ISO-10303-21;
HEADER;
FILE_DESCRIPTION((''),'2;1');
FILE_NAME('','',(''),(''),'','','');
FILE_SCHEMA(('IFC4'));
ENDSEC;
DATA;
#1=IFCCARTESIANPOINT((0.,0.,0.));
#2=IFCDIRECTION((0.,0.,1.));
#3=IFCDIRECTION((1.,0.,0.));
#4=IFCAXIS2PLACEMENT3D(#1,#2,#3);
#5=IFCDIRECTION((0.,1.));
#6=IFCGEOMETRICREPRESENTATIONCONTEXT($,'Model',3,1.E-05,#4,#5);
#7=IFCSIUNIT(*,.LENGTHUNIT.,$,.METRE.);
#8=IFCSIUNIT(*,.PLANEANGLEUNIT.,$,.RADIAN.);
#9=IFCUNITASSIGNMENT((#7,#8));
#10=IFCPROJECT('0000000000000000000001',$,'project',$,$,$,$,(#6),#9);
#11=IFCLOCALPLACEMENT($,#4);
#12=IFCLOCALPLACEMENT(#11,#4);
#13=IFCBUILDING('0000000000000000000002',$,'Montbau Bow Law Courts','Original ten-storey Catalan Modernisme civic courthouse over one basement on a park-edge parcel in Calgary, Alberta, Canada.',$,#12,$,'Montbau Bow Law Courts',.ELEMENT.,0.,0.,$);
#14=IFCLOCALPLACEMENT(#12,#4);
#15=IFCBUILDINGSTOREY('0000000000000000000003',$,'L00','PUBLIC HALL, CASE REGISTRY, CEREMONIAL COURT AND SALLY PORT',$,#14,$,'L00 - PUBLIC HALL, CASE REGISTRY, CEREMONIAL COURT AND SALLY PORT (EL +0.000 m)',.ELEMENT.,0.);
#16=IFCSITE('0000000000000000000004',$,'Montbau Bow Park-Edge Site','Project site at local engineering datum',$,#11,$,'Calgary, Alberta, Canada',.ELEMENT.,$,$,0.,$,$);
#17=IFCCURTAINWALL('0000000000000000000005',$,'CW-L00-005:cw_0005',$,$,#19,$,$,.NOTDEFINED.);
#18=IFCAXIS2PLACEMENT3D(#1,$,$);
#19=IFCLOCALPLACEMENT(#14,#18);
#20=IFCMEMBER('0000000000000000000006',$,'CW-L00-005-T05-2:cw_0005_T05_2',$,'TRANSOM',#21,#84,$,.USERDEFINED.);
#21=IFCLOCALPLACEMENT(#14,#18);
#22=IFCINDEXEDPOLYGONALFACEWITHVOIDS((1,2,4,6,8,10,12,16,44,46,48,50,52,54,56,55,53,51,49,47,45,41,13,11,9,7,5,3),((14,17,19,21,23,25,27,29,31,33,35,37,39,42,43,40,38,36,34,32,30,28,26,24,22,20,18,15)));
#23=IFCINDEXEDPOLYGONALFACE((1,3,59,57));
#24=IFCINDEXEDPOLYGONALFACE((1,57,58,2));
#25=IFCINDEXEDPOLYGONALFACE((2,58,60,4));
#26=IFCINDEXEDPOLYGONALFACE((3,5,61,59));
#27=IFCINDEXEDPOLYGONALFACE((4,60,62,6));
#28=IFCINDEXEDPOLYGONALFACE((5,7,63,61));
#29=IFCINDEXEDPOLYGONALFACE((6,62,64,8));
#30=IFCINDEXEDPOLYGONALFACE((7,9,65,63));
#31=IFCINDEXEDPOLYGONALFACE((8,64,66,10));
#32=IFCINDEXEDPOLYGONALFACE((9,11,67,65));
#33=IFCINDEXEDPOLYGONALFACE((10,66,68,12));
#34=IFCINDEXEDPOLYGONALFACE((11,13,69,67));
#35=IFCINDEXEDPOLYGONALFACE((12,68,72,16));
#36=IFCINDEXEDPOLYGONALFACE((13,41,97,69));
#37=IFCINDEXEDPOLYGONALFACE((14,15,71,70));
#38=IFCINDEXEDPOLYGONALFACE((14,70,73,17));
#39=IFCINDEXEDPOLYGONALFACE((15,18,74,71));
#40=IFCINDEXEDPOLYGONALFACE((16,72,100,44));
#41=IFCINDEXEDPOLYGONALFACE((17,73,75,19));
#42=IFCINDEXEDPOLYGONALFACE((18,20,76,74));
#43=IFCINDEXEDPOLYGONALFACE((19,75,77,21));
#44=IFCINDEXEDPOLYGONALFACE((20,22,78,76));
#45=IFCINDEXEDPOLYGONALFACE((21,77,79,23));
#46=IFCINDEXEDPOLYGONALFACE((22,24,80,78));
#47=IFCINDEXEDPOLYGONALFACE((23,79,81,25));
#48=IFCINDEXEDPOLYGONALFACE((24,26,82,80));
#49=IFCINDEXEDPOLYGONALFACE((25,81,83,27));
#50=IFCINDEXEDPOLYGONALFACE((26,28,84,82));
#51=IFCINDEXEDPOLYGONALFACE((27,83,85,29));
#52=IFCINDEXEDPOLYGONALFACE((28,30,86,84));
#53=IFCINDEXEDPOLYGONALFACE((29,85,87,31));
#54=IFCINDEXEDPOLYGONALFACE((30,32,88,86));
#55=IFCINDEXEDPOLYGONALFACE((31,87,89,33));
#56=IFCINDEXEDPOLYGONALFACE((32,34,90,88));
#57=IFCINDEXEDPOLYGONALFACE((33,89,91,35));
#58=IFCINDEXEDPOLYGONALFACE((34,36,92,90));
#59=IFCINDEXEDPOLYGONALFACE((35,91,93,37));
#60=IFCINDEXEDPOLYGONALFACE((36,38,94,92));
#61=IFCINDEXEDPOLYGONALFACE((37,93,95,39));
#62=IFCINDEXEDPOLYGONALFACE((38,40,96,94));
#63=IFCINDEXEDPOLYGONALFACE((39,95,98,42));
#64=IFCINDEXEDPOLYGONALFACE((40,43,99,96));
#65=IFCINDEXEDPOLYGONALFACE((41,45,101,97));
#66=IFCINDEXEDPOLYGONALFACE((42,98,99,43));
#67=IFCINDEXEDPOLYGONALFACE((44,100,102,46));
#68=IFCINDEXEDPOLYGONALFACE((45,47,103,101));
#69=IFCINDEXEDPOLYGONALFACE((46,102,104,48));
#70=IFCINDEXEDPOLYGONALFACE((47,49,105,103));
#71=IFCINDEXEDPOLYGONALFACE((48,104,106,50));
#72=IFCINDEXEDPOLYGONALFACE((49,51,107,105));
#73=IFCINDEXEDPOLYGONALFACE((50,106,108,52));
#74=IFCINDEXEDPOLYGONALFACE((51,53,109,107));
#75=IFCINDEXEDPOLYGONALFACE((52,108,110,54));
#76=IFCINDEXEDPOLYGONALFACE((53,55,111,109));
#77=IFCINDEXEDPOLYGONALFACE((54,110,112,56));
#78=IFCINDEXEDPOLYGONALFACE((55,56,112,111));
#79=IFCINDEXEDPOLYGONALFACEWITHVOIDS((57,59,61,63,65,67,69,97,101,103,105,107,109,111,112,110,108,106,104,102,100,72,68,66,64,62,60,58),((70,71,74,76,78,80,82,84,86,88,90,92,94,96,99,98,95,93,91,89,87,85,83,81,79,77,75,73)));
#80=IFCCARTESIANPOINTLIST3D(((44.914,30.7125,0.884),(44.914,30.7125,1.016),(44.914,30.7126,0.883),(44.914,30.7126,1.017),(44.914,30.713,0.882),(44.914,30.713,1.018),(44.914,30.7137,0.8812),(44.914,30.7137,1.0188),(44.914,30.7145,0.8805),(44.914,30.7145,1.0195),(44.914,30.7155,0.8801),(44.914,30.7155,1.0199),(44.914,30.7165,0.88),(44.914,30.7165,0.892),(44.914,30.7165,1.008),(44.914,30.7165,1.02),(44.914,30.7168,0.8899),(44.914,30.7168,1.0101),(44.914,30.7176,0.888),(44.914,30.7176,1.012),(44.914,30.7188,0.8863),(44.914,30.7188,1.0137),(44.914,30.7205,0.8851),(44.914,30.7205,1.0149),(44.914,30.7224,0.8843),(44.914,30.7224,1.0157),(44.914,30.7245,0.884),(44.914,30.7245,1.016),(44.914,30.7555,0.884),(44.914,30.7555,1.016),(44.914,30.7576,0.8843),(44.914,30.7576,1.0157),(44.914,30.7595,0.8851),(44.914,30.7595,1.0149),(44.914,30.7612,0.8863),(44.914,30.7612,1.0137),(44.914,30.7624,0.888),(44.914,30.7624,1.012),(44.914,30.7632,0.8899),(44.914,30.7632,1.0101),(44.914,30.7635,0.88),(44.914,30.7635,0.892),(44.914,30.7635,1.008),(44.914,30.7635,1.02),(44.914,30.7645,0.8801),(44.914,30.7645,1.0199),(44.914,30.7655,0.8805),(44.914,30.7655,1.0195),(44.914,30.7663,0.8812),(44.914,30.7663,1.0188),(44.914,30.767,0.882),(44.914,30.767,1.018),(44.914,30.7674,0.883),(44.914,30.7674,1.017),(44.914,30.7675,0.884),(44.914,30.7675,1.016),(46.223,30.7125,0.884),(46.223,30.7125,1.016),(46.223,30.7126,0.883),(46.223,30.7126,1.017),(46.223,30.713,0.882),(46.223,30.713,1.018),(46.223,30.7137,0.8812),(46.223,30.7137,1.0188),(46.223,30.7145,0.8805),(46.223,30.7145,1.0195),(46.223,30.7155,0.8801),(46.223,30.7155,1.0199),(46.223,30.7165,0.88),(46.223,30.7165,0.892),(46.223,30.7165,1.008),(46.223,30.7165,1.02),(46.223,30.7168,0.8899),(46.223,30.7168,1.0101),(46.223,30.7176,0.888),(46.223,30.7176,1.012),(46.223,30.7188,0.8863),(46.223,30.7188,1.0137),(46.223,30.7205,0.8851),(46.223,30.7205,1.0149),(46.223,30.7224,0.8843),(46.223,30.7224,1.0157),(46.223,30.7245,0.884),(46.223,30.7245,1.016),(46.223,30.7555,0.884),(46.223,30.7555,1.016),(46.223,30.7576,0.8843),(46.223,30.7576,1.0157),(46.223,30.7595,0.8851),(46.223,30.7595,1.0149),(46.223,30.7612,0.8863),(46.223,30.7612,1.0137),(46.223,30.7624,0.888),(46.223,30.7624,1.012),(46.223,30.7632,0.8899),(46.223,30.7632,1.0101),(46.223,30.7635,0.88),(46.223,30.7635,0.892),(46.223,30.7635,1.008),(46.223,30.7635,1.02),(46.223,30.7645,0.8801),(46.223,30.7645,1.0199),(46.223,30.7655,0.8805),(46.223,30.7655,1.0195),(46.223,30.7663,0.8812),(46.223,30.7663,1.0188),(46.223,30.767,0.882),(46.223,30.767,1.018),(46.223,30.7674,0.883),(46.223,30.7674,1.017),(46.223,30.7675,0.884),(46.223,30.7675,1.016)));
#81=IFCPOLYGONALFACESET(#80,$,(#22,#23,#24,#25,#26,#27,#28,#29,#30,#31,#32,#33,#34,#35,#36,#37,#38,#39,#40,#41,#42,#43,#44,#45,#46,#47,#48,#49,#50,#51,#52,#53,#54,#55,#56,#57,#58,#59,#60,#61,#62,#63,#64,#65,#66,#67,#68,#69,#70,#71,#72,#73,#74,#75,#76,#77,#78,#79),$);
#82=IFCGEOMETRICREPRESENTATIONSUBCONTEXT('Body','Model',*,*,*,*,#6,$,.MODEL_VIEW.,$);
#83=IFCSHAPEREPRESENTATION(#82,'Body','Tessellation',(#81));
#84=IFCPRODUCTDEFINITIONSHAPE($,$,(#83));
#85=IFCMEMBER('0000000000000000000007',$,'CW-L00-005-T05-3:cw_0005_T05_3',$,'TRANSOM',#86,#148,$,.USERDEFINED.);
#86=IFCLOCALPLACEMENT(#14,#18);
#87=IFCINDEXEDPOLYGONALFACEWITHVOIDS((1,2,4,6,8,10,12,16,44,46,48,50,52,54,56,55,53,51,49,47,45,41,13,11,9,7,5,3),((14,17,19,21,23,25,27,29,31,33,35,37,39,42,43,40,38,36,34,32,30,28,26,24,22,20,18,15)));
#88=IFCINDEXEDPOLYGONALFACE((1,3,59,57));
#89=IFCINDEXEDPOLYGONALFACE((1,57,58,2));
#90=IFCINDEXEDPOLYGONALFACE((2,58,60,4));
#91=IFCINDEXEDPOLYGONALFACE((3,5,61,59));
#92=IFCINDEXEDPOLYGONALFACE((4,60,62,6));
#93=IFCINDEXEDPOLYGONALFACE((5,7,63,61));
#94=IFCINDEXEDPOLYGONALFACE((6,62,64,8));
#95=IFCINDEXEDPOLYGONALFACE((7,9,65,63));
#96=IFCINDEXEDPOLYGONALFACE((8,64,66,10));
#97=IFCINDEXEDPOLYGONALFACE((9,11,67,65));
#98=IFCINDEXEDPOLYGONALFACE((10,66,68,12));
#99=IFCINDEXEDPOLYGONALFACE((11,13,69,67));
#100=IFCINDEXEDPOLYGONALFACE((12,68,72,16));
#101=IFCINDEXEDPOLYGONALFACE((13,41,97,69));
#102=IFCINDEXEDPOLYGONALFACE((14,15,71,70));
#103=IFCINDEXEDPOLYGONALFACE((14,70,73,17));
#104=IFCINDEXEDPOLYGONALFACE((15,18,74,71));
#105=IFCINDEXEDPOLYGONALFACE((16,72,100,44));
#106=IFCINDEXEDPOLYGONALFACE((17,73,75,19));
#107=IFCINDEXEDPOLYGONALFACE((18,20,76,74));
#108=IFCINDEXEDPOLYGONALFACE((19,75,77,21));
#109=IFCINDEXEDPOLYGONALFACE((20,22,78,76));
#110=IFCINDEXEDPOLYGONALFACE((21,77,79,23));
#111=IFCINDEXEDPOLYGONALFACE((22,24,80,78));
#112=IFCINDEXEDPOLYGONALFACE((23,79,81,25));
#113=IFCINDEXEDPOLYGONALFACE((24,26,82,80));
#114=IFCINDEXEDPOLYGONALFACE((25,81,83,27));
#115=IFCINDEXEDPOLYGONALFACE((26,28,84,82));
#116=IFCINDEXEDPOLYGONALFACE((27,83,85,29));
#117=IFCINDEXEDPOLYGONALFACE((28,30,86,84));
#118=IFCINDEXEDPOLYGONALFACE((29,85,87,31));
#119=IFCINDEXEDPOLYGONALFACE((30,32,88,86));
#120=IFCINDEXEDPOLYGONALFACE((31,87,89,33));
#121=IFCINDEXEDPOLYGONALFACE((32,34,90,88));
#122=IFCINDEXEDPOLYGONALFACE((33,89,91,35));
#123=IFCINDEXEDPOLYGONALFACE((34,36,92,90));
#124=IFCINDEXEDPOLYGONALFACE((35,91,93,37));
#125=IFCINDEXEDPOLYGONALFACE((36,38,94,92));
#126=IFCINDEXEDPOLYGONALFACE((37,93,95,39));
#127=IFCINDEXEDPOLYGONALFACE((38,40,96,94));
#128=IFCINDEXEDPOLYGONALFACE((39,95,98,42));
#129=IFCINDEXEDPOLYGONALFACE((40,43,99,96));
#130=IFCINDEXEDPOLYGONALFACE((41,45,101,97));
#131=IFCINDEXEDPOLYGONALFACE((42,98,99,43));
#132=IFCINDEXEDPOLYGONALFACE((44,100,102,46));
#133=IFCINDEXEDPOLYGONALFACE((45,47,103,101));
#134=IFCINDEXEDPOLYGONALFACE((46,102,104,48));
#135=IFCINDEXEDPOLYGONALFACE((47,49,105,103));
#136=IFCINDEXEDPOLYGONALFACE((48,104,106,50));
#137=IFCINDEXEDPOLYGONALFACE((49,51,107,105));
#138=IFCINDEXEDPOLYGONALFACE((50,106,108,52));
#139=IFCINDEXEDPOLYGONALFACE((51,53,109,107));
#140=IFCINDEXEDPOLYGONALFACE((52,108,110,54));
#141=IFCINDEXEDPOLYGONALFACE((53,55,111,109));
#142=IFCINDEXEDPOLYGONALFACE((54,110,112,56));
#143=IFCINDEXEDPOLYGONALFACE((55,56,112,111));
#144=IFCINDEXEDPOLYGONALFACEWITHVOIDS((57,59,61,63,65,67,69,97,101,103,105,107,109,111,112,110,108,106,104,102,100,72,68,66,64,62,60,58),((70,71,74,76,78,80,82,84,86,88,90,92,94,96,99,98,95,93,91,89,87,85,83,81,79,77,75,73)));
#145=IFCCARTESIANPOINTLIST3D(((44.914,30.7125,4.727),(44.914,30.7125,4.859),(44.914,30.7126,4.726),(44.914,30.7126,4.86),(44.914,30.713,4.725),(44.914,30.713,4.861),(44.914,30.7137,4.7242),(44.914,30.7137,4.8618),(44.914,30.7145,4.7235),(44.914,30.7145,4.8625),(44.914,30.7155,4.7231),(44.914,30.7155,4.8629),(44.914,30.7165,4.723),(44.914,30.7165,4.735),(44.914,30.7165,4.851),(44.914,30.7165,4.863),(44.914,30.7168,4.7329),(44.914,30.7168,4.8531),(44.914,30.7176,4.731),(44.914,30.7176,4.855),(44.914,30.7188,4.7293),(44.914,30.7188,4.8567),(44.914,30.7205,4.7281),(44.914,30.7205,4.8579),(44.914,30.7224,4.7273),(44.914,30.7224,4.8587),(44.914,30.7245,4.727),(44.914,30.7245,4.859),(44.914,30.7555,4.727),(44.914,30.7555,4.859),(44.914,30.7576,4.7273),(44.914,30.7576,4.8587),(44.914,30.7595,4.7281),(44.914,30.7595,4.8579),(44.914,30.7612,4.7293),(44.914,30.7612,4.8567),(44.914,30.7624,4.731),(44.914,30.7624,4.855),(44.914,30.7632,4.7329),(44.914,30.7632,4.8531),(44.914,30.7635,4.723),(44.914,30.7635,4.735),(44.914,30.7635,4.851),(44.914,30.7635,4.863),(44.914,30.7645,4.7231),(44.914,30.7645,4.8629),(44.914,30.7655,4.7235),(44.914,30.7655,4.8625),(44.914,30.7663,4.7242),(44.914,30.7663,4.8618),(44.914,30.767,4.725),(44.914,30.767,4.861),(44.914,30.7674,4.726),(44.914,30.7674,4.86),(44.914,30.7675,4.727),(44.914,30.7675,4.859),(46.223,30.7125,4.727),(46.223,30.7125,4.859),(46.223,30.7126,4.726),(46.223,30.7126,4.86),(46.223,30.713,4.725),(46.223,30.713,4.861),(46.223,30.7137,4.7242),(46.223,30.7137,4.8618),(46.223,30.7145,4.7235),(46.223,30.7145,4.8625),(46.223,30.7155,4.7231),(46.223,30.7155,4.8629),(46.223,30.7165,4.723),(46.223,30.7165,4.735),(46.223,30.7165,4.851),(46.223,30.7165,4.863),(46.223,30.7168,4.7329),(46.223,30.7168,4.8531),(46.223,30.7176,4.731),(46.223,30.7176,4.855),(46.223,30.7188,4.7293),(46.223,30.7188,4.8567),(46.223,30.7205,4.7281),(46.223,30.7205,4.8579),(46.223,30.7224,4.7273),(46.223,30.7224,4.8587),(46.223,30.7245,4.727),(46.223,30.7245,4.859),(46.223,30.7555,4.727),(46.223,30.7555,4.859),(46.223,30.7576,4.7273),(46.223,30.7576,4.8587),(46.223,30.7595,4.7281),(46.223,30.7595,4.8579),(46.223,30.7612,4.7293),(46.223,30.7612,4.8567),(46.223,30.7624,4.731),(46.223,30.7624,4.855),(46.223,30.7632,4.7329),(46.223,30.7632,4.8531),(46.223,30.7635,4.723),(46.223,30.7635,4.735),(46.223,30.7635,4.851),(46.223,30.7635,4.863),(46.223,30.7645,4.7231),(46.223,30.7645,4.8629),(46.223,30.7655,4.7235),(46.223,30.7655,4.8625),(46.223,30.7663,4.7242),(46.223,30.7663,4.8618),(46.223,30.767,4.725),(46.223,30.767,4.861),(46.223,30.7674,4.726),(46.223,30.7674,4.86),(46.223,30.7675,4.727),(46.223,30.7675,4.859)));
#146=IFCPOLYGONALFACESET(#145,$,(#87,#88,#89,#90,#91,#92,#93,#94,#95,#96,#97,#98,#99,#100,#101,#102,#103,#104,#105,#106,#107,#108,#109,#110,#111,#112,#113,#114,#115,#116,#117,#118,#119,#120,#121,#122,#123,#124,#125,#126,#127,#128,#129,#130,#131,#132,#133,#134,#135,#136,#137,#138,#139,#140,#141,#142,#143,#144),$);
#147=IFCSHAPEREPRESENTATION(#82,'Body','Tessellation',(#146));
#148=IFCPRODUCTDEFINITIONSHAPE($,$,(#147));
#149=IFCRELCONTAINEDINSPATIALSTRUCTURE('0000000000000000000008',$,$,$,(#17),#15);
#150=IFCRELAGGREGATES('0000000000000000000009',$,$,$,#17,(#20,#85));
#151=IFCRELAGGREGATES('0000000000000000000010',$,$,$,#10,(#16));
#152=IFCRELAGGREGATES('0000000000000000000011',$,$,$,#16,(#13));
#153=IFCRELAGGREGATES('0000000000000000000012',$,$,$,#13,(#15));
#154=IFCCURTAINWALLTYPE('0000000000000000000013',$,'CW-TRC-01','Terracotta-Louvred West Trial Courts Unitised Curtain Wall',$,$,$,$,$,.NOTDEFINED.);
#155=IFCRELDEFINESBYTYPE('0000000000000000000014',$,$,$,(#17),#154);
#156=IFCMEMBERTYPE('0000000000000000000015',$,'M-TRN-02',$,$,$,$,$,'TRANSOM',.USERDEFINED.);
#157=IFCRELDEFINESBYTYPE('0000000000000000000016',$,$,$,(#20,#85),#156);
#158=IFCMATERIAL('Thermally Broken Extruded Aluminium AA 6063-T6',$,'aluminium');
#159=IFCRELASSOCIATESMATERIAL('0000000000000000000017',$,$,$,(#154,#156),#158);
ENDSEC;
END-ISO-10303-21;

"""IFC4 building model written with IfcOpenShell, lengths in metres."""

from ifc_helpers import new_model, si_unit, direction, frame, origin_with_axes, origin_2d_with_axis, place, context, subcontext, project, spatial, hollow_rectangle, extrude, material, material_profile, profile_set, type_object, element, aggregate, save


model = new_model("IFC4")

# Units and contexts
model_context = context("Model", 3, precision=1e-05, world=origin_with_axes(), true_north=direction((0.0, 1.0)))
body_context = subcontext(model_context, "Body", "Model", "MODEL_VIEW")
ifc_project = project(units=[si_unit("LENGTHUNIT", "METRE"), si_unit("PLANEANGLEUNIT", "RADIAN")], contexts=[model_context])

# Site, building, storey
site_placement = place(None, origin_with_axes())
site = spatial("IfcSite", under=ifc_project, at=site_placement, Name="Montbau Bow Park-Edge Site", Description="Project site at local engineering datum", LongName="Calgary, Alberta, Canada", CompositionType="ELEMENT", RefElevation=0.0)
building_placement = place(site_placement, origin_with_axes())
building = spatial("IfcBuilding", under=site, at=building_placement, Name="Montbau Bow Law Courts", Description="Original ten-storey Catalan Modernisme civic courthouse over one basement on a park-edge parcel in Calgary, Alberta, Canada.", LongName="Montbau Bow Law Courts", CompositionType="ELEMENT", ElevationOfRefHeight=0.0, ElevationOfTerrain=0.0)
storey_placement = place(building_placement, origin_with_axes())
storey = spatial("IfcBuildingStorey", under=building, at=storey_placement, Name="L00", Description="PUBLIC HALL, CASE REGISTRY, CEREMONIAL COURT AND SALLY PORT", LongName="L00 - PUBLIC HALL, CASE REGISTRY, CEREMONIAL COURT AND SALLY PORT (EL +0.000 m)", CompositionType="ELEMENT", Elevation=0.0)

# Curtain wall, members
ifc_material_1 = material(Name="Thermally Broken Extruded Aluminium AA 6063-T6", Category="aluminium")
curtain_wall_type = type_object("IfcCurtainWallType", Name="CW-TRC-01", Description="Terracotta-Louvred West Trial Courts Unitised Curtain Wall", PredefinedType="NOTDEFINED", material=ifc_material_1)
curtain_wall_1_placement = place(None, frame((39.268, 30.74, 0.0), z_axis=(0.0, 0.0, 1.0), x_axis=(1.0, 0.0, 0.0)))
curtain_wall_1 = element("IfcCurtainWall", 1, at=curtain_wall_1_placement, inside=storey, type_object=curtain_wall_type, Name="CW-L00-005:cw_0005", PredefinedType="NOTDEFINED")
ifc_material_profile_1 = material_profile(ifc_material_1, hollow_rectangle(XDim=0.055, YDim=0.14, WallThickness=0.004, InnerFilletRadius=0.008, OuterFilletRadius=0.004, at=origin_2d_with_axis()), Name="CWT-140X55", Category="Main", Priority=0)
ifc_profile_set_1 = profile_set([ifc_material_profile_1], Name="Thermally Broken Extruded Aluminium AA 6063-T6")
member_type_1 = type_object("IfcMemberType", Name="M-TRN-02", ElementType="TRANSOM", PredefinedType="USERDEFINED", material=ifc_profile_set_1)
member_1_placement = place(None, frame((44.914, 30.74, 0.95), z_axis=(1.0, 0.0, 0.0), x_axis=(0.0, 1.0, 0.0)))
member_1 = element("IfcMember", 2, at=member_1_placement, type_object=member_type_1, Name="CW-L00-005-T05-2:cw_0005_T05_2", ObjectType="TRANSOM", PredefinedType="USERDEFINED", context=body_context, shape_type="SweptSolid", body=[
    extrude(hollow_rectangle(XDim=0.055, YDim=0.14, WallThickness=0.004, InnerFilletRadius=0.008, OuterFilletRadius=0.004, at=origin_2d_with_axis()), origin_with_axes(), (0.0, 0.0, 1.0), 1.309),
])
member_2_placement = place(None, frame((44.914, 30.74, 4.793), z_axis=(1.0, 0.0, 0.0), x_axis=(0.0, 1.0, 0.0)))
member_2 = element("IfcMember", 3, at=member_2_placement, type_object=member_type_1, Name="CW-L00-005-T05-3:cw_0005_T05_3", ObjectType="TRANSOM", PredefinedType="USERDEFINED", context=body_context, shape_type="SweptSolid", body=[
    extrude(hollow_rectangle(XDim=0.055, YDim=0.14, WallThickness=0.004, InnerFilletRadius=0.008, OuterFilletRadius=0.004, at=origin_2d_with_axis()), origin_with_axes(), (0.0, 0.0, 1.0), 1.309),
])

aggregate(curtain_wall_1, [member_1, member_2])

save(model, "model.ifc")
